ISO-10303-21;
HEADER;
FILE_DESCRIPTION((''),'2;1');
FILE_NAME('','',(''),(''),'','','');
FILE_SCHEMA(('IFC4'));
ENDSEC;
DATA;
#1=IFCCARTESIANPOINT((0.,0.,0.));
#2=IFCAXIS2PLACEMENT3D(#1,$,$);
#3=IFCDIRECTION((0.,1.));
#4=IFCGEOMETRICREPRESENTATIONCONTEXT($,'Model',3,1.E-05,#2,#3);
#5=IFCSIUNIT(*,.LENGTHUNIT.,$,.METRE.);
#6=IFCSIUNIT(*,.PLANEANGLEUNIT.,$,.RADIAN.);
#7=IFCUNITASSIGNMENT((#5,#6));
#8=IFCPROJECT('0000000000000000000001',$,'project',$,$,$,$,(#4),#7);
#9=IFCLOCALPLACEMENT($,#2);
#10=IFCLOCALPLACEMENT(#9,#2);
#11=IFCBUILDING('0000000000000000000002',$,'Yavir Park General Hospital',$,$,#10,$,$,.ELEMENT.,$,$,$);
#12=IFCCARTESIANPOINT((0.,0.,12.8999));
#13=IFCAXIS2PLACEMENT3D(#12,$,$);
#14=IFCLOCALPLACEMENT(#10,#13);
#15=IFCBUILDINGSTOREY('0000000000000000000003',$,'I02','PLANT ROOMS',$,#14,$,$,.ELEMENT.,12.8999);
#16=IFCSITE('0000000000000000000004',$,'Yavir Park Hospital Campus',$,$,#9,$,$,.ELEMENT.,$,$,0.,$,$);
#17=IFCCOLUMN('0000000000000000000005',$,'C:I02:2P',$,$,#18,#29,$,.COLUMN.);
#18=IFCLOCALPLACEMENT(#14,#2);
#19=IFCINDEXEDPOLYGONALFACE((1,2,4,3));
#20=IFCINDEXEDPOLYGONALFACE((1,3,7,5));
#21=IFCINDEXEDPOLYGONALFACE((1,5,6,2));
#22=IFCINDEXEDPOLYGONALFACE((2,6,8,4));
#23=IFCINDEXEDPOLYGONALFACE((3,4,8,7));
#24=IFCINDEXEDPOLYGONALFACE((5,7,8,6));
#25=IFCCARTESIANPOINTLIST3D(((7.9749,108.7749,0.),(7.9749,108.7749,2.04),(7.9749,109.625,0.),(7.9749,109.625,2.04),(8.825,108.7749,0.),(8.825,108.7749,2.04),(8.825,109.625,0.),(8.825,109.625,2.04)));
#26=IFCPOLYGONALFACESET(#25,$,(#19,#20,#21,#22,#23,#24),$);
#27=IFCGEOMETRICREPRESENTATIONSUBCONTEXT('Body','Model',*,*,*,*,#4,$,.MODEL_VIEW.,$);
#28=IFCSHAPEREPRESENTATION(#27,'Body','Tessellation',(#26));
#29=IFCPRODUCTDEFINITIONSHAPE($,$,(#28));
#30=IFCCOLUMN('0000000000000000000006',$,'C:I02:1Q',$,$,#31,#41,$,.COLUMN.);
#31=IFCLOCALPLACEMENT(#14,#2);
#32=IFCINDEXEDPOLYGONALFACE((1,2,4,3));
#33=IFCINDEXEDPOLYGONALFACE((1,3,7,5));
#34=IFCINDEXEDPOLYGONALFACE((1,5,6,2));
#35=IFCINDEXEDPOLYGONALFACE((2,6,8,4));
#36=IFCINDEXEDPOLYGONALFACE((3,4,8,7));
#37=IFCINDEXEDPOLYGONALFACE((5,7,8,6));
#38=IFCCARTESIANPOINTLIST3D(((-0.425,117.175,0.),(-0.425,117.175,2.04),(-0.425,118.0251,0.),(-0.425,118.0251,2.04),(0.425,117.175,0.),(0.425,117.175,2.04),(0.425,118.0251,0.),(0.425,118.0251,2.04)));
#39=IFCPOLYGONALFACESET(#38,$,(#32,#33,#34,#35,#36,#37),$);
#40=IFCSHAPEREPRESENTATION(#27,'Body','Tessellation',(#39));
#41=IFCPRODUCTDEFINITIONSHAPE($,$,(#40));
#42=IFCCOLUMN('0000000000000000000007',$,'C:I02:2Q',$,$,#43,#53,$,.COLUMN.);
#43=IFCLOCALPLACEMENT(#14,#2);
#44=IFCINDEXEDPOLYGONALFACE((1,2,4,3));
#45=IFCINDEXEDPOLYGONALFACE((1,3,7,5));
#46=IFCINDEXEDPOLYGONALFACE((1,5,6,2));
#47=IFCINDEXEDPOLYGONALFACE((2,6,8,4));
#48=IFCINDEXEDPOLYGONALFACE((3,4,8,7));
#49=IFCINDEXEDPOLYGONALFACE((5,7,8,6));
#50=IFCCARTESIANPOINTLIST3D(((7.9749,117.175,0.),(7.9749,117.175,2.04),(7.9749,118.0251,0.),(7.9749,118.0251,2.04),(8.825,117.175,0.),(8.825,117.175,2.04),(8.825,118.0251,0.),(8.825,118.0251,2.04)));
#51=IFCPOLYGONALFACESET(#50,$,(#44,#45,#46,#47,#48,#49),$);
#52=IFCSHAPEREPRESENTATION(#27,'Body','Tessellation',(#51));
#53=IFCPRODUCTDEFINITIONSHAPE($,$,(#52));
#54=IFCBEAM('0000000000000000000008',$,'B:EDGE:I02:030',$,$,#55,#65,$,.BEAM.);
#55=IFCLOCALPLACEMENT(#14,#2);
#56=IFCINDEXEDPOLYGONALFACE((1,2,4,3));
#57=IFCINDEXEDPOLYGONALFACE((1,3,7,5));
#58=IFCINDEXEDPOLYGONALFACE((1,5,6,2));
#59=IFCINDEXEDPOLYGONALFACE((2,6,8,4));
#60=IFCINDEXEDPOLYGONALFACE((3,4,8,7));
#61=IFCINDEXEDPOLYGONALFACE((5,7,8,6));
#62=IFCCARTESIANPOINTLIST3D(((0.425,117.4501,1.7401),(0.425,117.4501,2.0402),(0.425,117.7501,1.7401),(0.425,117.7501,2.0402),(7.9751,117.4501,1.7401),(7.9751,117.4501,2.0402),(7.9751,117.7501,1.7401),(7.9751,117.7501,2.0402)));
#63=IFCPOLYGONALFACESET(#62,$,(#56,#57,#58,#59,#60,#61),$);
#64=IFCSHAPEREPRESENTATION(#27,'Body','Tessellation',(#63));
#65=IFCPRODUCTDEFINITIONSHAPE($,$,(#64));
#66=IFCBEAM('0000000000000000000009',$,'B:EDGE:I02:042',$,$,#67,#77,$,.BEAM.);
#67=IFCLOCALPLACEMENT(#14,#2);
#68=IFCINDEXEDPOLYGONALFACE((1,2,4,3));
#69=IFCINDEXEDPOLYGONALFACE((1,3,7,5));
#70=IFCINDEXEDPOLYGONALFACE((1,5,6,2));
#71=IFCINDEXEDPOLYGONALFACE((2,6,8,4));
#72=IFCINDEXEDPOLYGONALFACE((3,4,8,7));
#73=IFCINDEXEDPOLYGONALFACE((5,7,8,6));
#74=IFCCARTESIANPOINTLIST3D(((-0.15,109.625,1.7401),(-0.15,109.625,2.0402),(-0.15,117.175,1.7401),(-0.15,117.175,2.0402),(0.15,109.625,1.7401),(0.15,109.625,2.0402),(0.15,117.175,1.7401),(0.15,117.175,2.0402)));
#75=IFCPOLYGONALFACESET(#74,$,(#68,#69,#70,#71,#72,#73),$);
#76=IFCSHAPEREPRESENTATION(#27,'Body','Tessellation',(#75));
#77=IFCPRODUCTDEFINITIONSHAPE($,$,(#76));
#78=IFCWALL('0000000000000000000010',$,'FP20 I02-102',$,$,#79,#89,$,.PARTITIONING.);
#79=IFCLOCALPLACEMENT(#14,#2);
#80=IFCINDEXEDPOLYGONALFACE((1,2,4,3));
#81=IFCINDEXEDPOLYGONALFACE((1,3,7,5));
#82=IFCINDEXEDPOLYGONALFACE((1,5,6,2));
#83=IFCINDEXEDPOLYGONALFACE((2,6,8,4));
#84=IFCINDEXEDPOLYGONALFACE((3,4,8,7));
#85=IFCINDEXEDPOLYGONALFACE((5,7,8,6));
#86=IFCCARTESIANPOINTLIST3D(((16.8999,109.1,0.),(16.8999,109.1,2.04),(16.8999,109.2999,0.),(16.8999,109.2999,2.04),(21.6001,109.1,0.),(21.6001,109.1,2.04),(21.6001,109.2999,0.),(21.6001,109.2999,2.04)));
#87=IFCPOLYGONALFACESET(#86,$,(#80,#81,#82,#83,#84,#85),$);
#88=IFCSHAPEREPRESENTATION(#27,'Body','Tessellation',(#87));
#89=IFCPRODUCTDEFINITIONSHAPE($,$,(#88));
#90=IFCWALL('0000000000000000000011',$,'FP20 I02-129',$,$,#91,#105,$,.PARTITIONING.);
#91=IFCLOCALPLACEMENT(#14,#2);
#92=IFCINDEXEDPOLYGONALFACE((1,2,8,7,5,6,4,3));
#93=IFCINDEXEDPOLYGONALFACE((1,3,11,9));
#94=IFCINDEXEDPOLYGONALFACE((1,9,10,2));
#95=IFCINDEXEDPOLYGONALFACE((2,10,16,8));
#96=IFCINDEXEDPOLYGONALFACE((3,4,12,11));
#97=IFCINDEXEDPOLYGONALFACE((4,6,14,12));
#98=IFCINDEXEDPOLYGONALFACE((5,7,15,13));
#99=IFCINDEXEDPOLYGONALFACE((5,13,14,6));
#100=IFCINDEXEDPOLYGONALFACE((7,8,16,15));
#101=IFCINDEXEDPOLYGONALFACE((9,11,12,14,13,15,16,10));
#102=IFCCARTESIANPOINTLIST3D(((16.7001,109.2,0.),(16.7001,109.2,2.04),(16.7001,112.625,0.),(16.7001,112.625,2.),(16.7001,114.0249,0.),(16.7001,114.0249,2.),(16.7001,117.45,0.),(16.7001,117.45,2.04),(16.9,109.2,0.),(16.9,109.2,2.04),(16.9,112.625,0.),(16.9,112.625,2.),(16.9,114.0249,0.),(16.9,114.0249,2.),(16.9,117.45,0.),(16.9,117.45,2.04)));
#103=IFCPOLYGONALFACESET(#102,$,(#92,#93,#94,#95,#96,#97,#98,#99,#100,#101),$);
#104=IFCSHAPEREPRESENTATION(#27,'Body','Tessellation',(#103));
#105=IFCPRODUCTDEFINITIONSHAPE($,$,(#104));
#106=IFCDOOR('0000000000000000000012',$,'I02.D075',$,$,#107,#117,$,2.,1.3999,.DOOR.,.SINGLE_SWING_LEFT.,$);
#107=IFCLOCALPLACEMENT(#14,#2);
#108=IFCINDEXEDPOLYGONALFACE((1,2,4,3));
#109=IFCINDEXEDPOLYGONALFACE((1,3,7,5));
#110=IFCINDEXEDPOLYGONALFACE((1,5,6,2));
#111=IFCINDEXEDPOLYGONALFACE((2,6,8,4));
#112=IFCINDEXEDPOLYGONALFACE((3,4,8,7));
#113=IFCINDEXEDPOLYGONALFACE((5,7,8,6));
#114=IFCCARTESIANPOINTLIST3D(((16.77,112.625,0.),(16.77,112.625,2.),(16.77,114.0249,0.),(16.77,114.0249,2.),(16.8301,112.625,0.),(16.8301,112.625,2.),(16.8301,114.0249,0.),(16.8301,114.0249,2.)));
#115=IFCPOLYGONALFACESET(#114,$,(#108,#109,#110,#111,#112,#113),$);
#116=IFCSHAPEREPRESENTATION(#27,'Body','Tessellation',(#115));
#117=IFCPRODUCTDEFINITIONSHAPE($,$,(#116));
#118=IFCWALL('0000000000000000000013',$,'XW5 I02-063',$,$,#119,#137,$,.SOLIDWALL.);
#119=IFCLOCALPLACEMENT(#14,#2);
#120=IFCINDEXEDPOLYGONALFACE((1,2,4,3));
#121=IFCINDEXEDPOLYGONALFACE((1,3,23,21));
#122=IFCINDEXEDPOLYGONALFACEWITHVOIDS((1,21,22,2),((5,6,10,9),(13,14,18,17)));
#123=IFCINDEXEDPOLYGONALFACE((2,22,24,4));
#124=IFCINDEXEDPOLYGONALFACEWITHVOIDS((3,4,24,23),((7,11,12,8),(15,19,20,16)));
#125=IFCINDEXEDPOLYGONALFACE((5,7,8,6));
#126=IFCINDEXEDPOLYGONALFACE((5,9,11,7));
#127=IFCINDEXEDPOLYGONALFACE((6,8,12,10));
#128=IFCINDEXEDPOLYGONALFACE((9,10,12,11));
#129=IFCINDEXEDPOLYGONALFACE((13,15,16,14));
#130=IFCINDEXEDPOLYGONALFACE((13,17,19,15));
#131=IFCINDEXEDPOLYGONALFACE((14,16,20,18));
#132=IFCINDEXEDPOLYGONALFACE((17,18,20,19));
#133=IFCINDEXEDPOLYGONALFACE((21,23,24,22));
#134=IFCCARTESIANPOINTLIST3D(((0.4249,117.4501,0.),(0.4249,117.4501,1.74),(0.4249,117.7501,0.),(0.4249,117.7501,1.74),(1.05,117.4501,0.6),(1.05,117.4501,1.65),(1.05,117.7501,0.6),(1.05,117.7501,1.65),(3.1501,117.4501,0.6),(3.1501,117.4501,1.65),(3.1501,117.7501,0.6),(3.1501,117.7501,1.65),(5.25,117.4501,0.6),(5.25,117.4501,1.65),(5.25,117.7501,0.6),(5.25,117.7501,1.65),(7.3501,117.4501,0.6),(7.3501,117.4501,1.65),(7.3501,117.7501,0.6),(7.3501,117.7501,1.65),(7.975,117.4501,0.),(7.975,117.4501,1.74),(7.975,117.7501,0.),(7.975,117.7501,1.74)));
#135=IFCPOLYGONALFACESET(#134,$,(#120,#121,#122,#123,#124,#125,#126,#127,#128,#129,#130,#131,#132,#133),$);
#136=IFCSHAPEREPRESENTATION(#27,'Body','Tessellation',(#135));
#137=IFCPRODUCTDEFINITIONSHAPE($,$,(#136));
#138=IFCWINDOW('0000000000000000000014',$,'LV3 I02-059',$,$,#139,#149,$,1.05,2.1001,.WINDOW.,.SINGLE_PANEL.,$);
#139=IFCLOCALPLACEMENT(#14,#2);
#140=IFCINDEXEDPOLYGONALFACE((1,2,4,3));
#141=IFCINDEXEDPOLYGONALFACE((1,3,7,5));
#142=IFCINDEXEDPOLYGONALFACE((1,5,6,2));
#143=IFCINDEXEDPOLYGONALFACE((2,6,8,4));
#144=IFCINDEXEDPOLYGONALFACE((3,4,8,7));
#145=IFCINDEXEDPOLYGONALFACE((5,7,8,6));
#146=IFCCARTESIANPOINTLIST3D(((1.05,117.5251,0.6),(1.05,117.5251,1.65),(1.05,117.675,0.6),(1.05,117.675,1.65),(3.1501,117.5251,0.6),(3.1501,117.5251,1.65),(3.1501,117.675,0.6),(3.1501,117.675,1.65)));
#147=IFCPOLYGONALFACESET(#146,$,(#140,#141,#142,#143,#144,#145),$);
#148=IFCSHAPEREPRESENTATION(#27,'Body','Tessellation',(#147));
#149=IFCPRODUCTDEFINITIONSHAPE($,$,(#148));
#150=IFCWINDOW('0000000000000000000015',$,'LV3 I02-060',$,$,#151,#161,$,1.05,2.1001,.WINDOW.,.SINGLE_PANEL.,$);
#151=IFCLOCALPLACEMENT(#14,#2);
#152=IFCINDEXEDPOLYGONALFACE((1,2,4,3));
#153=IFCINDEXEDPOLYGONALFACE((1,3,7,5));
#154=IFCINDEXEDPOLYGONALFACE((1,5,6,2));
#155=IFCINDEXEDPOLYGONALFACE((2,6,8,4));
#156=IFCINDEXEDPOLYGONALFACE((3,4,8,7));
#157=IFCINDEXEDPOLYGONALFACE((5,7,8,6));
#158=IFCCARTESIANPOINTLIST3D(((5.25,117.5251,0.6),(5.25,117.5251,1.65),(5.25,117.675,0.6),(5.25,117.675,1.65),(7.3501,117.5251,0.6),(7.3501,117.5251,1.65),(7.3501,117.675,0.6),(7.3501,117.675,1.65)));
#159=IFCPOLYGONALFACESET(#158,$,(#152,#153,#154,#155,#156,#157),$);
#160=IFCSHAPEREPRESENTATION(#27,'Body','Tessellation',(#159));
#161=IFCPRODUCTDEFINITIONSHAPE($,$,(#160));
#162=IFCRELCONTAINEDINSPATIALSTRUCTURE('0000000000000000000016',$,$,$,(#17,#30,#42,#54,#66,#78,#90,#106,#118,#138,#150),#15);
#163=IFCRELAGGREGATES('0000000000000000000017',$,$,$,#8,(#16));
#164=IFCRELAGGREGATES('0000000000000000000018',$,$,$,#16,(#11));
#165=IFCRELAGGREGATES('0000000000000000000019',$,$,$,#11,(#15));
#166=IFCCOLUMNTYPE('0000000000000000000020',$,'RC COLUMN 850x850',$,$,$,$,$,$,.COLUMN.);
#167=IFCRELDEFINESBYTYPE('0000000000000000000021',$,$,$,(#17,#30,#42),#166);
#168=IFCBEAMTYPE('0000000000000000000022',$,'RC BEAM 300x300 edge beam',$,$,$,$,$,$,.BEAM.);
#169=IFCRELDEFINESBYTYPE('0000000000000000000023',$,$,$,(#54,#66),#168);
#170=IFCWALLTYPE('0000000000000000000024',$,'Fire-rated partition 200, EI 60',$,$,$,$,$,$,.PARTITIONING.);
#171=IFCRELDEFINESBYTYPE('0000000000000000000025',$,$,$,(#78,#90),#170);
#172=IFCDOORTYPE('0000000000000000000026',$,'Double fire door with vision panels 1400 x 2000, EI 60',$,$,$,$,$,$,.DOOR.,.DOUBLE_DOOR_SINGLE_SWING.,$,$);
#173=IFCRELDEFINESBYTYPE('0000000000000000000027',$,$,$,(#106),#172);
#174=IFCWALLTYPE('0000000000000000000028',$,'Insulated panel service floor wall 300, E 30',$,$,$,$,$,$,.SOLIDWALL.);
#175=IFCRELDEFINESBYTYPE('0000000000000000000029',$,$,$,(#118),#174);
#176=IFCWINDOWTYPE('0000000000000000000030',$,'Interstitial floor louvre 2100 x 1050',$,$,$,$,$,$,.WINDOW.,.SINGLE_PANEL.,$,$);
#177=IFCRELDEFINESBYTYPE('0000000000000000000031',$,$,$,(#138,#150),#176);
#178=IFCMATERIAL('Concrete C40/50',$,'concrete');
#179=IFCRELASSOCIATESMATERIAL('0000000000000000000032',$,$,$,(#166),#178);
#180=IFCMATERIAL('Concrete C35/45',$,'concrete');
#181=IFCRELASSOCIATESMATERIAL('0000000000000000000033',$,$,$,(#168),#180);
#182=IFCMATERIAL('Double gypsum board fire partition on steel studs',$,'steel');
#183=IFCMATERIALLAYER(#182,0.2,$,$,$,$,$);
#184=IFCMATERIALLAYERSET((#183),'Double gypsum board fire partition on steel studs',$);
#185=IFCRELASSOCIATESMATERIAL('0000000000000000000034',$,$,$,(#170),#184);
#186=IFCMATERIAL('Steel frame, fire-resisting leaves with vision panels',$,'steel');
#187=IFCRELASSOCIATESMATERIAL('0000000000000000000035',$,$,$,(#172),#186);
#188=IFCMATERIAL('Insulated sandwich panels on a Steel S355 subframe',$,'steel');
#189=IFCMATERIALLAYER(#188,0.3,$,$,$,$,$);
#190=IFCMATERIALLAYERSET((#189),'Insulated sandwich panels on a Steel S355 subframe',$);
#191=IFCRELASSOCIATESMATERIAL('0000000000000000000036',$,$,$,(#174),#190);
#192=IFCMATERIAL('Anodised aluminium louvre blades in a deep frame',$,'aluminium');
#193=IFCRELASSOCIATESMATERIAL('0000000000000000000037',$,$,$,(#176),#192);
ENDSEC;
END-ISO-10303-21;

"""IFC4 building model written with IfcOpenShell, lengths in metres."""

from ifc_helpers import new_model, si_unit, direction, frame, frame_2d, origin, origin_2d, place, context, subcontext, project, spatial, rectangle, extrude, material, layer, layer_set, material_profile, profile_set, type_object, element, fill, save


model = new_model("IFC4")

# Units and contexts
model_context = context("Model", 3, precision=1e-05, world=origin(), true_north=direction((0.0, 1.0)))
body_context = subcontext(model_context, "Body", "Model", "MODEL_VIEW")
ifc_project = project(units=[si_unit("LENGTHUNIT", "METRE"), si_unit("PLANEANGLEUNIT", "RADIAN")], contexts=[model_context])

# Site, building, storey
site_placement = place(None, origin())
site = spatial("IfcSite", under=ifc_project, at=site_placement, Name="Yavir Park Hospital Campus", CompositionType="ELEMENT", RefElevation=0.0)
building_placement = place(site_placement, origin())
building = spatial("IfcBuilding", under=site, at=building_placement, Name="Yavir Park General Hospital", CompositionType="ELEMENT")
storey_placement = place(building_placement, frame((0.0, 0.0, 12.8999)))
storey = spatial("IfcBuildingStorey", under=building, at=storey_placement, Name="I02", Description="PLANT ROOMS", CompositionType="ELEMENT", Elevation=12.8999)

# Columns
ifc_material_1 = material(Name="Concrete C40/50", Category="concrete")
ifc_material_profile_1 = material_profile(ifc_material_1, rectangle(XDim=0.8501, YDim=0.8501, at=origin_2d()), Name="RC850x850")
ifc_profile_set_1 = profile_set([ifc_material_profile_1], Name="Concrete C40/50")
column_type = type_object("IfcColumnType", Name="RC COLUMN 850x850", PredefinedType="COLUMN", material=ifc_profile_set_1)
for number, where, z_axis, x_axis, name in (
    (1, (8.3999, 109.2, 0.0), (0.0, 0.0, 1.0), (1.0, 0.0, 0.0), "C:I02:2P"),
    (2, (0.0, 117.6001, 0.0), (0.0, 0.0, 1.0), (1.0, 0.0, 0.0), "C:I02:1Q"),
    (3, (8.3999, 117.6001, 0.0), (0.0, 0.0, 1.0), (1.0, 0.0, 0.0), "C:I02:2Q"),
):
    element("IfcColumn", number, at=place(storey_placement, frame(where, z_axis=z_axis, x_axis=x_axis)), inside=storey, type_object=column_type, Name=name, PredefinedType="COLUMN", context=body_context, shape_type="SweptSolid", body=[
        extrude(rectangle(XDim=0.8501, YDim=0.8501, at=origin_2d()), origin(), (0.0, 0.0, 1.0), 2.04),
    ])

# Beams
ifc_material_2 = material(Name="Concrete C35/45", Category="concrete")
ifc_material_profile_2 = material_profile(ifc_material_2, rectangle(XDim=0.3, YDim=0.3, at=origin_2d()), Name="RC300x300")
ifc_profile_set_2 = profile_set([ifc_material_profile_2], Name="Concrete C35/45")
beam_type = type_object("IfcBeamType", Name="RC BEAM 300x300 edge beam", PredefinedType="BEAM", material=ifc_profile_set_2)
for number, where, z_axis, x_axis, name in (
    (4, (0.425, 117.6001, 1.8901), (1.0, 0.0, 0.0), (0.0, 1.0, 0.0), "B:EDGE:I02:030"),
    (5, (0.0, 109.625, 1.8901), (0.0, 1.0, 0.0), (-1.0, 0.0, 0.0), "B:EDGE:I02:042"),
):
    element("IfcBeam", number, at=place(storey_placement, frame(where, z_axis=z_axis, x_axis=x_axis)), inside=storey, type_object=beam_type, Name=name, PredefinedType="BEAM", context=body_context, shape_type="SweptSolid", body=[
        extrude(rectangle(XDim=0.3, YDim=0.3, at=origin_2d()), origin(), (0.0, 0.0, 1.0), 7.55),
    ])

# Wall
ifc_material_3 = material(Name="Double gypsum board fire partition on steel studs", Category="steel")
ifc_layer_1 = layer(ifc_material_3, 0.2)
ifc_layer_set_1 = layer_set([ifc_layer_1], Name="Double gypsum board fire partition on steel studs")
wall_type_1 = type_object("IfcWallType", Name="Fire-rated partition 200, EI 60", PredefinedType="PARTITIONING", material=ifc_layer_set_1)
wall_1_placement = place(storey_placement, frame((16.8999, 109.2, 0.0), z_axis=(0.0, 0.0, 1.0), x_axis=(1.0, 0.0, 0.0)))
element("IfcWall", 6, at=wall_1_placement, inside=storey, type_object=wall_type_1, Name="FP20 I02-102", PredefinedType="PARTITIONING", context=body_context, shape_type="SweptSolid", body=[
    extrude(rectangle(XDim=4.7002, YDim=0.2, at=frame_2d((2.3501, 0.0))), origin(), (0.0, 0.0, 1.0), 2.04),
])

# Wall, opening, door
wall_2_placement = place(storey_placement, frame((16.8, 109.2, 0.0), z_axis=(0.0, 0.0, 1.0), x_axis=(0.0, 1.0, 0.0)))
wall_2 = element("IfcWall", 7, at=wall_2_placement, inside=storey, type_object=wall_type_1, Name="FP20 I02-129", PredefinedType="PARTITIONING", context=body_context, shape_type="SweptSolid", body=[
    extrude(rectangle(XDim=8.25, YDim=0.2, at=frame_2d((4.125, 0.0))), origin(), (0.0, 0.0, 1.0), 2.04),
])
opening_1_placement = place(wall_2_placement, frame((3.425, 0.0, 0.0)))
opening_1 = element("IfcOpeningElement", 8, at=opening_1_placement, cuts=wall_2, PredefinedType="OPENING", context=body_context, shape_type="SweptSolid", body=[
    extrude(rectangle(XDim=1.3999, YDim=2.0, at=frame_2d((0.7, 1.0))), frame((0.0, 0.1099, 0.0), z_axis=(0.0, -1.0, 0.0), x_axis=(1.0, 0.0, 0.0)), (0.0, 0.0, 1.0), 0.22),
])
ifc_material_4 = material(Name="Steel frame, fire-resisting leaves with vision panels", Category="steel")
door_type_1 = type_object("IfcDoorType", Name="Double fire door with vision panels 1400 x 2000, EI 60", OperationType="DOUBLE_DOOR_SINGLE_SWING", PredefinedType="DOOR", material=ifc_material_4)
door_1_placement = place(opening_1_placement, origin())
door_1 = element("IfcDoor", 9, at=door_1_placement, inside=storey, type_object=door_type_1, Name="I02.D075", OperationType="SINGLE_SWING_LEFT", OverallHeight=2.0, OverallWidth=1.3999, PredefinedType="DOOR", context=body_context, shape_type="SweptSolid", body=[
    extrude(rectangle(XDim=1.3999, YDim=2.0, at=frame_2d((0.7, 1.0))), frame((0.0, 0.03, 0.0), z_axis=(0.0, -1.0, 0.0), x_axis=(1.0, 0.0, 0.0)), (0.0, 0.0, 1.0), 0.0601),
])
fill(opening_1, door_1)

# Wall, openings, windows
ifc_material_5 = material(Name="Insulated sandwich panels on a Steel S355 subframe", Category="steel")
ifc_layer_2 = layer(ifc_material_5, 0.3)
ifc_layer_set_2 = layer_set([ifc_layer_2], Name="Insulated sandwich panels on a Steel S355 subframe")
wall_type_2 = type_object("IfcWallType", Name="Insulated panel service floor wall 300, E 30", PredefinedType="SOLIDWALL", material=ifc_layer_set_2)
wall_3_placement = place(storey_placement, frame((0.425, 117.6001, 0.0), z_axis=(0.0, 0.0, 1.0), x_axis=(1.0, 0.0, 0.0)))
wall_3 = element("IfcWall", 10, at=wall_3_placement, inside=storey, type_object=wall_type_2, Name="XW5 I02-063", PredefinedType="SOLIDWALL", context=body_context, shape_type="SweptSolid", body=[
    extrude(rectangle(XDim=7.55, YDim=0.3, at=frame_2d((3.7749, 0.0))), origin(), (0.0, 0.0, 1.0), 1.74),
])
opening_2_placement = place(wall_3_placement, frame((0.625, 0.0, 0.6001)))
opening_2 = element("IfcOpeningElement", 11, at=opening_2_placement, cuts=wall_3, PredefinedType="OPENING", context=body_context, shape_type="SweptSolid", body=[
    extrude(rectangle(XDim=2.1001, YDim=1.05, at=frame_2d((1.05, 0.5249))), frame((0.0, 0.1599, 0.0), z_axis=(0.0, -1.0, 0.0), x_axis=(1.0, 0.0, 0.0)), (0.0, 0.0, 1.0), 0.3201),
])
opening_3_placement = place(wall_3_placement, frame((4.825, 0.0, 0.6001)))
opening_3 = element("IfcOpeningElement", 12, at=opening_3_placement, cuts=wall_3, PredefinedType="OPENING", context=body_context, shape_type="SweptSolid", body=[
    extrude(rectangle(XDim=2.1001, YDim=1.05, at=frame_2d((1.05, 0.5249))), frame((0.0, 0.1599, 0.0), z_axis=(0.0, -1.0, 0.0), x_axis=(1.0, 0.0, 0.0)), (0.0, 0.0, 1.0), 0.3201),
])
ifc_material_6 = material(Name="Anodised aluminium louvre blades in a deep frame", Category="aluminium")
window_type = type_object("IfcWindowType", Name="Interstitial floor louvre 2100 x 1050", PartitioningType="SINGLE_PANEL", PredefinedType="WINDOW", material=ifc_material_6)
window_1_placement = place(opening_2_placement, origin())
window_1 = element("IfcWindow", 13, at=window_1_placement, inside=storey, type_object=window_type, Name="LV3 I02-059", OverallHeight=1.05, OverallWidth=2.1001, PartitioningType="SINGLE_PANEL", PredefinedType="WINDOW", context=body_context, shape_type="SweptSolid", body=[
    extrude(rectangle(XDim=2.1001, YDim=1.05, at=frame_2d((1.05, 0.5249))), frame((0.0, 0.075, 0.0), z_axis=(0.0, -1.0, 0.0), x_axis=(1.0, 0.0, 0.0)), (0.0, 0.0, 1.0), 0.1499),
])
fill(opening_2, window_1)
window_2_placement = place(opening_3_placement, origin())
window_2 = element("IfcWindow", 14, at=window_2_placement, inside=storey, type_object=window_type, Name="LV3 I02-060", OverallHeight=1.05, OverallWidth=2.1001, PartitioningType="SINGLE_PANEL", PredefinedType="WINDOW", context=body_context, shape_type="SweptSolid", body=[
    extrude(rectangle(XDim=2.1001, YDim=1.05, at=frame_2d((1.05, 0.5249))), frame((0.0, 0.075, 0.0), z_axis=(0.0, -1.0, 0.0), x_axis=(1.0, 0.0, 0.0)), (0.0, 0.0, 1.0), 0.1499),
])
fill(opening_3, window_2)

save(model, "model.ifc")
